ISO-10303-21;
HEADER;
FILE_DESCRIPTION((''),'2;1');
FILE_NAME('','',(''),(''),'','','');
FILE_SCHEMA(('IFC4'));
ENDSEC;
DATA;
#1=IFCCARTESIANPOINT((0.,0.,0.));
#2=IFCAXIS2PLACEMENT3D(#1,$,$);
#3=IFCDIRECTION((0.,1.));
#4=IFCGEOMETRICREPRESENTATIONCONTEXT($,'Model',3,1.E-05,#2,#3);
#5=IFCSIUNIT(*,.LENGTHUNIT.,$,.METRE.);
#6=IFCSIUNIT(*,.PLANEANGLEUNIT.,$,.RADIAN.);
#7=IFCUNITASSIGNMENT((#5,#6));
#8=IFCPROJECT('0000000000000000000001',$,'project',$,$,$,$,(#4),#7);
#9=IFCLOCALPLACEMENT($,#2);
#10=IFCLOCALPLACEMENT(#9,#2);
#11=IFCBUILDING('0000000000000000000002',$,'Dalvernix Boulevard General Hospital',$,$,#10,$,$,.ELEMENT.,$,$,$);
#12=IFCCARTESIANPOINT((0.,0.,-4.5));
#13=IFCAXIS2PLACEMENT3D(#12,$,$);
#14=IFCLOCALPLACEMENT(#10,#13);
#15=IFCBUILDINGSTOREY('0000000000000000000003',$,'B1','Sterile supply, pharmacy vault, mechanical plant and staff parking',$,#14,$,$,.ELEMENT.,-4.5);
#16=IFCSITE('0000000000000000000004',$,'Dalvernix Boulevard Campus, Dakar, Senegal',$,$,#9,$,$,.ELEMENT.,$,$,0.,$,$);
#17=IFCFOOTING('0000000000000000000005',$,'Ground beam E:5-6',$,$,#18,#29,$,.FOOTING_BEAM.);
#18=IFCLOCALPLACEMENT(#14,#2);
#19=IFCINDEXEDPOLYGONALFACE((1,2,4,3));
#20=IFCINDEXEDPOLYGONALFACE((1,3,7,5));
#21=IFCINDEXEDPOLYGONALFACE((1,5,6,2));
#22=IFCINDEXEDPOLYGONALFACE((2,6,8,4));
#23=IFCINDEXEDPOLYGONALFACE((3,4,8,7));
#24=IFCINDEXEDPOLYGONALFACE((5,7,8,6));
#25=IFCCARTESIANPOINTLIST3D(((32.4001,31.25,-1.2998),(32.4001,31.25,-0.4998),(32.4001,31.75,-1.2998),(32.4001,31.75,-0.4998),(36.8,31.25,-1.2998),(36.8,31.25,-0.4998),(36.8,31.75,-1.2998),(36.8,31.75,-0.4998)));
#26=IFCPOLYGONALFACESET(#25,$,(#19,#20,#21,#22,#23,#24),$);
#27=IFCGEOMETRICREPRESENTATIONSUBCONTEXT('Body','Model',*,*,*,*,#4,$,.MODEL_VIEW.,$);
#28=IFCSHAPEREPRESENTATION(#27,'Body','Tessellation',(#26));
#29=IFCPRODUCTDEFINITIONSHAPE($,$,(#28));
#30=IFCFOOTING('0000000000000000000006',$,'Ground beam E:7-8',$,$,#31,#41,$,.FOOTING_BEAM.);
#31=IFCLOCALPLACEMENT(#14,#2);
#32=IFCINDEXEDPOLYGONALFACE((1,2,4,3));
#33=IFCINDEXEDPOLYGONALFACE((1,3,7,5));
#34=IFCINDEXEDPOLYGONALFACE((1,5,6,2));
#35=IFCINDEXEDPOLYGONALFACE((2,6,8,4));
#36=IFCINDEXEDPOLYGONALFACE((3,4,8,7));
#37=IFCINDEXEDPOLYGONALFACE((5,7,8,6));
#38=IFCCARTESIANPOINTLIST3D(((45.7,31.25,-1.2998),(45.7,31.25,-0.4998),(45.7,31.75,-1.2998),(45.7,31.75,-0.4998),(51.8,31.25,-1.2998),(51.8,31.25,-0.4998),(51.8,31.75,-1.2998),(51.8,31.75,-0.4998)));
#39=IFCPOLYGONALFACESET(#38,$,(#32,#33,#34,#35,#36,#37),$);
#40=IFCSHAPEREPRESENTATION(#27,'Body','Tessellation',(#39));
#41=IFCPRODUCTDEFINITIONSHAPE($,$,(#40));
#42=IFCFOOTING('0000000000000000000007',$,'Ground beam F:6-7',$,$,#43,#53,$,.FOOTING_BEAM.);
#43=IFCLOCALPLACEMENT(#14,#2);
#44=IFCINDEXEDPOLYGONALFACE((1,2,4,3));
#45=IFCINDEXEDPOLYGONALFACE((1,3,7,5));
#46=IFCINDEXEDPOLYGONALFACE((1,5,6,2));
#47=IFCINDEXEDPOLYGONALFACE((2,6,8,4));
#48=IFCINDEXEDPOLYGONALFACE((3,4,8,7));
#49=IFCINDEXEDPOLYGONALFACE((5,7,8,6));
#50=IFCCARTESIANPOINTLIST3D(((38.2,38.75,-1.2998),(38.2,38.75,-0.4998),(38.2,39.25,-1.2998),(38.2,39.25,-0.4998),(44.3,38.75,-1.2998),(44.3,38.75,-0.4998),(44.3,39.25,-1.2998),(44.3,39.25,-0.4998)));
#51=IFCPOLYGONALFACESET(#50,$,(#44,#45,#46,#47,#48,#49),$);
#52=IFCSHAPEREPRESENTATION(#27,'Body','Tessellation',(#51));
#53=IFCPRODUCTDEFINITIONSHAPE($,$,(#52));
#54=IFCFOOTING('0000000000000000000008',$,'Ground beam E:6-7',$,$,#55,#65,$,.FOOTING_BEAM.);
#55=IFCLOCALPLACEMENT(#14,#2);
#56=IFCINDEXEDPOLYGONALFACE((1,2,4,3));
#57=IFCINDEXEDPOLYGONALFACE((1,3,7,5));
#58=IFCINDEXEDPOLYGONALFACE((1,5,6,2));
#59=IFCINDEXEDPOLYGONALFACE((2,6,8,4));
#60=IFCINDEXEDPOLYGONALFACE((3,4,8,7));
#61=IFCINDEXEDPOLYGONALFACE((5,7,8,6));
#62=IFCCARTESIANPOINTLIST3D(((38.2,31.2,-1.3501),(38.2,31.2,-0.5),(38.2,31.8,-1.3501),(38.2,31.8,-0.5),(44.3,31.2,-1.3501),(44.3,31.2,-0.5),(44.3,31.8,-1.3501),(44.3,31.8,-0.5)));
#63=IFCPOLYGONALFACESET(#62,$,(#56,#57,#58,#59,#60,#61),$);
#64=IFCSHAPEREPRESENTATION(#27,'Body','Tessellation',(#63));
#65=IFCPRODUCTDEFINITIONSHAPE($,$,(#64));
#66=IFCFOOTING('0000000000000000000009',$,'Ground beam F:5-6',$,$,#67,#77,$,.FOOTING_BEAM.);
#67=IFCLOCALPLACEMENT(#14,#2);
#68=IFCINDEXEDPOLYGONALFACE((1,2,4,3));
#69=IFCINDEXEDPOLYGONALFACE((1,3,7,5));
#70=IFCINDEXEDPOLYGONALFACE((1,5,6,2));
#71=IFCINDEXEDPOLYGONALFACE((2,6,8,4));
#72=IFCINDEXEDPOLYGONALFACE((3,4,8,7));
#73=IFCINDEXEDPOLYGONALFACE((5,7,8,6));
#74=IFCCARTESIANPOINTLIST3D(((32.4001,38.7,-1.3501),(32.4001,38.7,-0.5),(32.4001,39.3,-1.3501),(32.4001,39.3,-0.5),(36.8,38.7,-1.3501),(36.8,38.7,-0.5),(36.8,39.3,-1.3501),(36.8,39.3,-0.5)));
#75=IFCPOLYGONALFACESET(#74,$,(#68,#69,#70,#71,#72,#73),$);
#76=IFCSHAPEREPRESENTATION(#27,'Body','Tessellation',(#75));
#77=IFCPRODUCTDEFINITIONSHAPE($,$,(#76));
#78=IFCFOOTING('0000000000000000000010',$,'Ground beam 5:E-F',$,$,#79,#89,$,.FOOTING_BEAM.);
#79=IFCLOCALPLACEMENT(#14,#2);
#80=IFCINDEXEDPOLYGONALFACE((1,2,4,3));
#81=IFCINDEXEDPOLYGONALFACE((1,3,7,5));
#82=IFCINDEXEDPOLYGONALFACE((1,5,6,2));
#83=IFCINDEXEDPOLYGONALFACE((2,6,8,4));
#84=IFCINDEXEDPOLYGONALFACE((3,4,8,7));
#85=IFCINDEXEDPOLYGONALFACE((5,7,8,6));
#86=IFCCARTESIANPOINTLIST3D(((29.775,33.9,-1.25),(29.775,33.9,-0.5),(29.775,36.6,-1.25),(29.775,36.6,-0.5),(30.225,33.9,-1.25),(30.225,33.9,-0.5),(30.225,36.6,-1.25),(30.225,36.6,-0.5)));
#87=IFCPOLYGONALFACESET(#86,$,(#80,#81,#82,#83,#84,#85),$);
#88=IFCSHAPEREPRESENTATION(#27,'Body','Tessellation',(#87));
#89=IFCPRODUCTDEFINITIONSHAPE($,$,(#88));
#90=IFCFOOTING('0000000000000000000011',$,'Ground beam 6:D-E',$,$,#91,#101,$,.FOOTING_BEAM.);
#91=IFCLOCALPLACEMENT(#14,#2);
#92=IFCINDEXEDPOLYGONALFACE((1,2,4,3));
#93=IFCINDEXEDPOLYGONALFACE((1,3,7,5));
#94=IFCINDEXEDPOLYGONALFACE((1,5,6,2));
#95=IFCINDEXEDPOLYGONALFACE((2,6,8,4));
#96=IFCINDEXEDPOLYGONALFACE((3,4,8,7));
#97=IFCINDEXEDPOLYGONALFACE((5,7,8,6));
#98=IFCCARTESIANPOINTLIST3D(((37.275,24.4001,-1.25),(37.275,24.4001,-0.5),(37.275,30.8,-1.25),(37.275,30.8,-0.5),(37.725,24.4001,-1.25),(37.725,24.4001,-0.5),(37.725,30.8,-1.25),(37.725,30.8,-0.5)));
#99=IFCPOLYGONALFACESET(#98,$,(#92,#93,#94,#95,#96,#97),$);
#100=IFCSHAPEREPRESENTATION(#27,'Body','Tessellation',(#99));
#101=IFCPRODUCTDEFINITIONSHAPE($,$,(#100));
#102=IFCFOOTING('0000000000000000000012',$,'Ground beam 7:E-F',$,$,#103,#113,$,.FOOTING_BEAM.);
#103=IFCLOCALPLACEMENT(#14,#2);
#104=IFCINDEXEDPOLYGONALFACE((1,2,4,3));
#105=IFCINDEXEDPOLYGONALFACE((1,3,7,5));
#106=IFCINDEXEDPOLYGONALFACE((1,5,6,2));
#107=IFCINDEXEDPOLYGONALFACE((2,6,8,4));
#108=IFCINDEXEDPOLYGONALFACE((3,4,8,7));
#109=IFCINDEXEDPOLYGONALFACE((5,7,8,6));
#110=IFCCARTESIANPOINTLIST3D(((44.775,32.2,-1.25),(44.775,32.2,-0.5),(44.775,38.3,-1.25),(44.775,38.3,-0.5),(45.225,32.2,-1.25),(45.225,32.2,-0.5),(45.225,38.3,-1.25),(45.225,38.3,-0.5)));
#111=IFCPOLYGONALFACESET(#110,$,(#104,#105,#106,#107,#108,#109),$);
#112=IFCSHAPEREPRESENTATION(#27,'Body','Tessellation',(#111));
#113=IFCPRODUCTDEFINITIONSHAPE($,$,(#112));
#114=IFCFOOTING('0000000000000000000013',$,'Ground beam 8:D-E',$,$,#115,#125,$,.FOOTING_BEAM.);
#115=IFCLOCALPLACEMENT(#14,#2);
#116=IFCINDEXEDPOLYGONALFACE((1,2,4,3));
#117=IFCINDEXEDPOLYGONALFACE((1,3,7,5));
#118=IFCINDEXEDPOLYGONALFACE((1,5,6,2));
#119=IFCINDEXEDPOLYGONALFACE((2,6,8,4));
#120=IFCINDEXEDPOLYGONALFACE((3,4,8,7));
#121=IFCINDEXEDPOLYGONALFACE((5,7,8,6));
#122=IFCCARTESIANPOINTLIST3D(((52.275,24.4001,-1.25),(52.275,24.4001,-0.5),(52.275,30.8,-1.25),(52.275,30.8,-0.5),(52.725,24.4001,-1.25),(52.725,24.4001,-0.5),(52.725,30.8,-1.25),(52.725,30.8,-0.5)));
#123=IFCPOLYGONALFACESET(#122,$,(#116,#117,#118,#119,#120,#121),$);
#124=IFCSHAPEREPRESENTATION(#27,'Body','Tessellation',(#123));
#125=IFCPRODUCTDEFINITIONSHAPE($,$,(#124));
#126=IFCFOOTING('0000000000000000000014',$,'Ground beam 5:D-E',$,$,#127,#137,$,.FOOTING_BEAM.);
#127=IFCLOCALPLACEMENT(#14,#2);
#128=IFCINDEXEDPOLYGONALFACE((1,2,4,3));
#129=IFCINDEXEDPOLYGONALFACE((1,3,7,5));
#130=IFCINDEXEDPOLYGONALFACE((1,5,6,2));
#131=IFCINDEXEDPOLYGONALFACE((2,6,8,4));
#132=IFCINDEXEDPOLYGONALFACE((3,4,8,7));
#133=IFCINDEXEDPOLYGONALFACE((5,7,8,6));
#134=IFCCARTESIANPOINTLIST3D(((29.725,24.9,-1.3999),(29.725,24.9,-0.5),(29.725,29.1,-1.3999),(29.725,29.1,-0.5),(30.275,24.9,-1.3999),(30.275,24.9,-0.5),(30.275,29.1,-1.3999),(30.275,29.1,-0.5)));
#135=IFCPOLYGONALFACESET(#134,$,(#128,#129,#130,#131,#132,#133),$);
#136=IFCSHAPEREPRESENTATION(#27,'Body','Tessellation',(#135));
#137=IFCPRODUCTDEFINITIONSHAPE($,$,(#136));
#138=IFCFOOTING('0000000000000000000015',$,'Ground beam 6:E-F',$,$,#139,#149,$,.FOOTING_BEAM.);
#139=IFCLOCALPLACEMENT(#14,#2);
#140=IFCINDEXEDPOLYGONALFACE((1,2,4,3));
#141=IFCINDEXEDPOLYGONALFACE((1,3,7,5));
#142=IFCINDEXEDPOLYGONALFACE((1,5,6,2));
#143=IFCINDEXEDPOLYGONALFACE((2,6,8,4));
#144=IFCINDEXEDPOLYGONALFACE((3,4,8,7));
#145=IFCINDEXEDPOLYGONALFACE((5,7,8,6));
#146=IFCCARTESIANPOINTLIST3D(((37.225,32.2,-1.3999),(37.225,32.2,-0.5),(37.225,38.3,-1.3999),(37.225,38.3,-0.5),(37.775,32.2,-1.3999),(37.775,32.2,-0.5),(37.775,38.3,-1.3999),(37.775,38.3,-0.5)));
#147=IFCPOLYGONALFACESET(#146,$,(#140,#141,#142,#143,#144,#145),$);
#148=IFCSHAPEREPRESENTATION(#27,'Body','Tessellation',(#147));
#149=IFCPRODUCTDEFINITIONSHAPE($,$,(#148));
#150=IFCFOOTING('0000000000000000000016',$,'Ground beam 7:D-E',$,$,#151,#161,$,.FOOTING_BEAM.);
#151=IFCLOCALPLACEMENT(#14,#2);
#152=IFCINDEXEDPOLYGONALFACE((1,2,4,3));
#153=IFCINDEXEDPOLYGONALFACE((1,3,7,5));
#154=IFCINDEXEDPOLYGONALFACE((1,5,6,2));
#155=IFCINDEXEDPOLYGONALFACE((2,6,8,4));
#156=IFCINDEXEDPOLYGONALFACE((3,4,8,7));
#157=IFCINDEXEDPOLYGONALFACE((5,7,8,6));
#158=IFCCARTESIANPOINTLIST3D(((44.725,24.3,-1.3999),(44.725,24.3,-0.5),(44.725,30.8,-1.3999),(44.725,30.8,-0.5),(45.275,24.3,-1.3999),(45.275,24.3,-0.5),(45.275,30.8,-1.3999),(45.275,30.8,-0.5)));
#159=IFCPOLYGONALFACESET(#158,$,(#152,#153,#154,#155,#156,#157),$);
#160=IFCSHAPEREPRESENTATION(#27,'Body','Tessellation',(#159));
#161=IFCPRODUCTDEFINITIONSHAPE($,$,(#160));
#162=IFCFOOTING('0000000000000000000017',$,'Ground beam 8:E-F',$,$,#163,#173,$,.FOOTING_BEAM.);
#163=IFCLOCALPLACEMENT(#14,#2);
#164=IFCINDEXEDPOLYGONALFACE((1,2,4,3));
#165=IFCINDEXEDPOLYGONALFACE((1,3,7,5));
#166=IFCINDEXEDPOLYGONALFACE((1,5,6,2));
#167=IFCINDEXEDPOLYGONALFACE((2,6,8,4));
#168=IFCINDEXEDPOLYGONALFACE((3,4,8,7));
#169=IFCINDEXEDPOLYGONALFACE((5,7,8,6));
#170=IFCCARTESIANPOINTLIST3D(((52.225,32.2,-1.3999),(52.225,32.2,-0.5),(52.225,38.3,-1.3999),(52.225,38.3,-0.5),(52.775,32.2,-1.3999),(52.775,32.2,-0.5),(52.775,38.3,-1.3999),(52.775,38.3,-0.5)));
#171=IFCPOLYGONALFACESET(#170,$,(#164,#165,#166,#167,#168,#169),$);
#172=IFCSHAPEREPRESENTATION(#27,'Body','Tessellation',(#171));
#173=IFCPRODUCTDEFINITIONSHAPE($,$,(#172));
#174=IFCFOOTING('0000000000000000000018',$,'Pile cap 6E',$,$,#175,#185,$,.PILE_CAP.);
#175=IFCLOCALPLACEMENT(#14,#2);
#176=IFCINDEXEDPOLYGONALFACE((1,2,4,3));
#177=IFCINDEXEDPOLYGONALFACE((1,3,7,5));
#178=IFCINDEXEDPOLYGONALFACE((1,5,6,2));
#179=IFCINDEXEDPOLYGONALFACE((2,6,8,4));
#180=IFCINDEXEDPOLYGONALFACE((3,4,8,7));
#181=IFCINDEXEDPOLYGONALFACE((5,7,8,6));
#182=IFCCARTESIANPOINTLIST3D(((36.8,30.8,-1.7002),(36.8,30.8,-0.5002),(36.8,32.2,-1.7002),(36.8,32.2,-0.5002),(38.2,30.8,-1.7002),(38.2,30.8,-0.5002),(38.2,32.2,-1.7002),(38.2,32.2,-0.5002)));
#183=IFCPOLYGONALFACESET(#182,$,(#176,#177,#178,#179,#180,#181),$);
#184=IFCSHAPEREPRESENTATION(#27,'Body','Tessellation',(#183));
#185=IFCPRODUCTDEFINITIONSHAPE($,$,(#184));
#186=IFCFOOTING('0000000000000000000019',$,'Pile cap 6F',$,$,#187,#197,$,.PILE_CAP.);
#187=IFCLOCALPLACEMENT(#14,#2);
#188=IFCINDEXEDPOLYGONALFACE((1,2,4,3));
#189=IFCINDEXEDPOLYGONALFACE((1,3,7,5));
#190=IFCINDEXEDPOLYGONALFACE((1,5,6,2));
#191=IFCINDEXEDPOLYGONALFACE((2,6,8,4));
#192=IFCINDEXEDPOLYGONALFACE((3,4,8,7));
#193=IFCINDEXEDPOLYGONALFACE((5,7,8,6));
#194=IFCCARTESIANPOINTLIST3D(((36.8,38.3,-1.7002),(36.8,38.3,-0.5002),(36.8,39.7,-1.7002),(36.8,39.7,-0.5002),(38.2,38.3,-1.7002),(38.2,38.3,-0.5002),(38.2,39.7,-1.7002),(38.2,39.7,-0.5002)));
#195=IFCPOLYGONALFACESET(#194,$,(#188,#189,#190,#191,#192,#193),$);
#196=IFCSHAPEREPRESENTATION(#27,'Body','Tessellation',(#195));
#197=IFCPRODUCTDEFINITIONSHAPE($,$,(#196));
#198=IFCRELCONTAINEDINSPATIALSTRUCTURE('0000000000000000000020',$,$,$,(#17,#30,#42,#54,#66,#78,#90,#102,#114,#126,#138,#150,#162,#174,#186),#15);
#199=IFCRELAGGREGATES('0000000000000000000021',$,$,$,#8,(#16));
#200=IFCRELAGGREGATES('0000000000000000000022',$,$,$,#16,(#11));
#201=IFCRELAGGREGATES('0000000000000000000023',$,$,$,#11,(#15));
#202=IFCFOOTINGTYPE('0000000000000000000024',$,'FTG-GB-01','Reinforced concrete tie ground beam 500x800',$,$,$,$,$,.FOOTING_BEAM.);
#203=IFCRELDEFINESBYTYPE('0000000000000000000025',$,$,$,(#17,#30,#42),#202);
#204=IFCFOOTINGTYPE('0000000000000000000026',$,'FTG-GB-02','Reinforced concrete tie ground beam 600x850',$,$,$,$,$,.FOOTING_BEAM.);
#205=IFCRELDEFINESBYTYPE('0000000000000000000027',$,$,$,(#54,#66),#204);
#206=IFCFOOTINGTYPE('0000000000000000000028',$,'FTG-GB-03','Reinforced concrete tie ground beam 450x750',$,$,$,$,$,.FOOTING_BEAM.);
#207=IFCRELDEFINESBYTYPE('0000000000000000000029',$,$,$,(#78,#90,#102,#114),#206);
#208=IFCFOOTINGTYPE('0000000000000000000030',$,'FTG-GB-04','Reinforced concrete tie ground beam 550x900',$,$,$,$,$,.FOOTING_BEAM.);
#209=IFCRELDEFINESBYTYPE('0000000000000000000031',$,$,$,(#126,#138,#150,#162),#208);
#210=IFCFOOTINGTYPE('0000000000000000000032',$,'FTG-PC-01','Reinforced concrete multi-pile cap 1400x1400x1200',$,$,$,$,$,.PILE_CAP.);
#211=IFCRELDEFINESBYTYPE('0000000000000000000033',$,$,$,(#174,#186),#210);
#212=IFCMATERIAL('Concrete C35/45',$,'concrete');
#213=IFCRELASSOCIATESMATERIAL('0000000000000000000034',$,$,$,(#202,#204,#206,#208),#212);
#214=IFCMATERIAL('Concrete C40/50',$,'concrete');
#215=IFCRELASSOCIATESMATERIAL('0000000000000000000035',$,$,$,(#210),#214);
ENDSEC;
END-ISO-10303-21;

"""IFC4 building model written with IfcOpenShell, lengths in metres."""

from ifc_helpers import new_model, si_unit, direction, frame, origin, origin_2d, place, context, subcontext, project, spatial, rectangle, extrude, material, type_object, element, save


model = new_model("IFC4")

# Units and contexts
model_context = context("Model", 3, precision=1e-05, world=origin(), true_north=direction((0.0, 1.0)))
body_context = subcontext(model_context, "Body", "Model", "MODEL_VIEW")
ifc_project = project(units=[si_unit("LENGTHUNIT", "METRE"), si_unit("PLANEANGLEUNIT", "RADIAN")], contexts=[model_context])

# Site, building, storey
site_placement = place(None, origin())
site = spatial("IfcSite", under=ifc_project, at=site_placement, Name="Dalvernix Boulevard Campus, Dakar, Senegal", CompositionType="ELEMENT", RefElevation=0.0)
building_placement = place(site_placement, origin())
building = spatial("IfcBuilding", under=site, at=building_placement, Name="Dalvernix Boulevard General Hospital", CompositionType="ELEMENT")
storey_placement = place(building_placement, frame((0.0, 0.0, -4.5)))
storey = spatial("IfcBuildingStorey", under=building, at=storey_placement, Name="B1", Description="Sterile supply, pharmacy vault, mechanical plant and staff parking", CompositionType="ELEMENT", Elevation=-4.5)

# Footings
ifc_material_1 = material(Name="Concrete C35/45", Category="concrete")
footing_type_1 = type_object("IfcFootingType", Name="FTG-GB-01", Description="Reinforced concrete tie ground beam 500x800", PredefinedType="FOOTING_BEAM", material=ifc_material_1)
footing_1_placement = place(storey_placement, frame((34.6001, 31.5, -1.2998), z_axis=(0.0, 0.0, 1.0), x_axis=(1.0, 0.0, 0.0)))
element("IfcFooting", 1, at=footing_1_placement, inside=storey, type_object=footing_type_1, Name="Ground beam E:5-6", PredefinedType="FOOTING_BEAM", context=body_context, shape_type="SweptSolid", body=[
    extrude(rectangle(XDim=4.3999, YDim=0.5, at=origin_2d()), origin(), (0.0, 0.0, 1.0), 0.8),
])
for number, where, z_axis, x_axis, name in (
    (2, (48.75, 31.5, -1.2998), (0.0, 0.0, 1.0), (1.0, 0.0, 0.0), "Ground beam E:7-8"),
    (3, (41.25, 39.0, -1.2998), (0.0, 0.0, 1.0), (1.0, 0.0, 0.0), "Ground beam F:6-7"),
):
    element("IfcFooting", number, at=place(storey_placement, frame(where, z_axis=z_axis, x_axis=x_axis)), inside=storey, type_object=footing_type_1, Name=name, PredefinedType="FOOTING_BEAM", context=body_context, shape_type="SweptSolid", body=[
        extrude(rectangle(XDim=6.1001, YDim=0.5, at=origin_2d()), origin(), (0.0, 0.0, 1.0), 0.8),
    ])
footing_type_2 = type_object("IfcFootingType", Name="FTG-GB-02", Description="Reinforced concrete tie ground beam 600x850", PredefinedType="FOOTING_BEAM", material=ifc_material_1)
footing_2_placement = place(storey_placement, frame((41.25, 31.5, -1.3501), z_axis=(0.0, 0.0, 1.0), x_axis=(1.0, 0.0, 0.0)))
element("IfcFooting", 4, at=footing_2_placement, inside=storey, type_object=footing_type_2, Name="Ground beam E:6-7", PredefinedType="FOOTING_BEAM", context=body_context, shape_type="SweptSolid", body=[
    extrude(rectangle(XDim=6.1001, YDim=0.6001, at=origin_2d()), origin(), (0.0, 0.0, 1.0), 0.8501),
])
footing_3_placement = place(storey_placement, frame((34.6001, 39.0, -1.3501), z_axis=(0.0, 0.0, 1.0), x_axis=(1.0, 0.0, 0.0)))
element("IfcFooting", 5, at=footing_3_placement, inside=storey, type_object=footing_type_2, Name="Ground beam F:5-6", PredefinedType="FOOTING_BEAM", context=body_context, shape_type="SweptSolid", body=[
    extrude(rectangle(XDim=4.3999, YDim=0.6001, at=origin_2d()), origin(), (0.0, 0.0, 1.0), 0.8501),
])
footing_type_3 = type_object("IfcFootingType", Name="FTG-GB-03", Description="Reinforced concrete tie ground beam 450x750", PredefinedType="FOOTING_BEAM", material=ifc_material_1)
footing_4_placement = place(storey_placement, frame((30.0, 35.25, -1.25), z_axis=(0.0, 0.0, 1.0), x_axis=(0.0, 1.0, 0.0)))
element("IfcFooting", 6, at=footing_4_placement, inside=storey, type_object=footing_type_3, Name="Ground beam 5:E-F", PredefinedType="FOOTING_BEAM", context=body_context, shape_type="SweptSolid", body=[
    extrude(rectangle(XDim=2.7, YDim=0.45, at=origin_2d()), origin(), (0.0, 0.0, 1.0), 0.75),
])
footing_5_placement = place(storey_placement, frame((37.5, 27.6001, -1.25), z_axis=(0.0, 0.0, 1.0), x_axis=(0.0, 1.0, 0.0)))
element("IfcFooting", 7, at=footing_5_placement, inside=storey, type_object=footing_type_3, Name="Ground beam 6:D-E", PredefinedType="FOOTING_BEAM", context=body_context, shape_type="SweptSolid", body=[
    extrude(rectangle(XDim=6.3999, YDim=0.45, at=origin_2d()), origin(), (0.0, 0.0, 1.0), 0.75),
])
footing_6_placement = place(storey_placement, frame((45.0, 35.25, -1.25), z_axis=(0.0, 0.0, 1.0), x_axis=(0.0, 1.0, 0.0)))
element("IfcFooting", 8, at=footing_6_placement, inside=storey, type_object=footing_type_3, Name="Ground beam 7:E-F", PredefinedType="FOOTING_BEAM", context=body_context, shape_type="SweptSolid", body=[
    extrude(rectangle(XDim=6.1001, YDim=0.45, at=origin_2d()), origin(), (0.0, 0.0, 1.0), 0.75),
])
footing_7_placement = place(storey_placement, frame((52.5, 27.6001, -1.25), z_axis=(0.0, 0.0, 1.0), x_axis=(0.0, 1.0, 0.0)))
element("IfcFooting", 9, at=footing_7_placement, inside=storey, type_object=footing_type_3, Name="Ground beam 8:D-E", PredefinedType="FOOTING_BEAM", context=body_context, shape_type="SweptSolid", body=[
    extrude(rectangle(XDim=6.3999, YDim=0.45, at=origin_2d()), origin(), (0.0, 0.0, 1.0), 0.75),
])
footing_type_4 = type_object("IfcFootingType", Name="FTG-GB-04", Description="Reinforced concrete tie ground beam 550x900", PredefinedType="FOOTING_BEAM", material=ifc_material_1)
footing_8_placement = place(storey_placement, frame((30.0, 27.0, -1.3999), z_axis=(0.0, 0.0, 1.0), x_axis=(0.0, 1.0, 0.0)))
element("IfcFooting", 10, at=footing_8_placement, inside=storey, type_object=footing_type_4, Name="Ground beam 5:D-E", PredefinedType="FOOTING_BEAM", context=body_context, shape_type="SweptSolid", body=[
    extrude(rectangle(XDim=4.2, YDim=0.55, at=origin_2d()), origin(), (0.0, 0.0, 1.0), 0.8999),
])
footing_9_placement = place(storey_placement, frame((37.5, 35.25, -1.3999), z_axis=(0.0, 0.0, 1.0), x_axis=(0.0, 1.0, 0.0)))
element("IfcFooting", 11, at=footing_9_placement, inside=storey, type_object=footing_type_4, Name="Ground beam 6:E-F", PredefinedType="FOOTING_BEAM", context=body_context, shape_type="SweptSolid", body=[
    extrude(rectangle(XDim=6.1001, YDim=0.55, at=origin_2d()), origin(), (0.0, 0.0, 1.0), 0.8999),
])
footing_10_placement = place(storey_placement, frame((45.0, 27.55, -1.3999), z_axis=(0.0, 0.0, 1.0), x_axis=(0.0, 1.0, 0.0)))
element("IfcFooting", 12, at=footing_10_placement, inside=storey, type_object=footing_type_4, Name="Ground beam 7:D-E", PredefinedType="FOOTING_BEAM", context=body_context, shape_type="SweptSolid", body=[
    extrude(rectangle(XDim=6.5, YDim=0.55, at=origin_2d()), origin(), (0.0, 0.0, 1.0), 0.8999),
])
footing_11_placement = place(storey_placement, frame((52.5, 35.25, -1.3999), z_axis=(0.0, 0.0, 1.0), x_axis=(0.0, 1.0, 0.0)))
element("IfcFooting", 13, at=footing_11_placement, inside=storey, type_object=footing_type_4, Name="Ground beam 8:E-F", PredefinedType="FOOTING_BEAM", context=body_context, shape_type="SweptSolid", body=[
    extrude(rectangle(XDim=6.1001, YDim=0.55, at=origin_2d()), origin(), (0.0, 0.0, 1.0), 0.8999),
])
ifc_material_2 = material(Name="Concrete C40/50", Category="concrete")
footing_type_5 = type_object("IfcFootingType", Name="FTG-PC-01", Description="Reinforced concrete multi-pile cap 1400x1400x1200", PredefinedType="PILE_CAP", material=ifc_material_2)
for number, where, z_axis, x_axis, name in (
    (14, (37.5, 31.5, -1.7002), (0.0, 0.0, 1.0), (1.0, 0.0, 0.0), "Pile cap 6E"),
    (15, (37.5, 39.0, -1.7002), (0.0, 0.0, 1.0), (1.0, 0.0, 0.0), "Pile cap 6F"),
):
    element("IfcFooting", number, at=place(storey_placement, frame(where, z_axis=z_axis, x_axis=x_axis)), inside=storey, type_object=footing_type_5, Name=name, PredefinedType="PILE_CAP", context=body_context, shape_type="SweptSolid", body=[
        extrude(rectangle(XDim=1.3999, YDim=1.3999, at=origin_2d()), origin(), (0.0, 0.0, 1.0), 1.2),
    ])

save(model, "model.ifc")
